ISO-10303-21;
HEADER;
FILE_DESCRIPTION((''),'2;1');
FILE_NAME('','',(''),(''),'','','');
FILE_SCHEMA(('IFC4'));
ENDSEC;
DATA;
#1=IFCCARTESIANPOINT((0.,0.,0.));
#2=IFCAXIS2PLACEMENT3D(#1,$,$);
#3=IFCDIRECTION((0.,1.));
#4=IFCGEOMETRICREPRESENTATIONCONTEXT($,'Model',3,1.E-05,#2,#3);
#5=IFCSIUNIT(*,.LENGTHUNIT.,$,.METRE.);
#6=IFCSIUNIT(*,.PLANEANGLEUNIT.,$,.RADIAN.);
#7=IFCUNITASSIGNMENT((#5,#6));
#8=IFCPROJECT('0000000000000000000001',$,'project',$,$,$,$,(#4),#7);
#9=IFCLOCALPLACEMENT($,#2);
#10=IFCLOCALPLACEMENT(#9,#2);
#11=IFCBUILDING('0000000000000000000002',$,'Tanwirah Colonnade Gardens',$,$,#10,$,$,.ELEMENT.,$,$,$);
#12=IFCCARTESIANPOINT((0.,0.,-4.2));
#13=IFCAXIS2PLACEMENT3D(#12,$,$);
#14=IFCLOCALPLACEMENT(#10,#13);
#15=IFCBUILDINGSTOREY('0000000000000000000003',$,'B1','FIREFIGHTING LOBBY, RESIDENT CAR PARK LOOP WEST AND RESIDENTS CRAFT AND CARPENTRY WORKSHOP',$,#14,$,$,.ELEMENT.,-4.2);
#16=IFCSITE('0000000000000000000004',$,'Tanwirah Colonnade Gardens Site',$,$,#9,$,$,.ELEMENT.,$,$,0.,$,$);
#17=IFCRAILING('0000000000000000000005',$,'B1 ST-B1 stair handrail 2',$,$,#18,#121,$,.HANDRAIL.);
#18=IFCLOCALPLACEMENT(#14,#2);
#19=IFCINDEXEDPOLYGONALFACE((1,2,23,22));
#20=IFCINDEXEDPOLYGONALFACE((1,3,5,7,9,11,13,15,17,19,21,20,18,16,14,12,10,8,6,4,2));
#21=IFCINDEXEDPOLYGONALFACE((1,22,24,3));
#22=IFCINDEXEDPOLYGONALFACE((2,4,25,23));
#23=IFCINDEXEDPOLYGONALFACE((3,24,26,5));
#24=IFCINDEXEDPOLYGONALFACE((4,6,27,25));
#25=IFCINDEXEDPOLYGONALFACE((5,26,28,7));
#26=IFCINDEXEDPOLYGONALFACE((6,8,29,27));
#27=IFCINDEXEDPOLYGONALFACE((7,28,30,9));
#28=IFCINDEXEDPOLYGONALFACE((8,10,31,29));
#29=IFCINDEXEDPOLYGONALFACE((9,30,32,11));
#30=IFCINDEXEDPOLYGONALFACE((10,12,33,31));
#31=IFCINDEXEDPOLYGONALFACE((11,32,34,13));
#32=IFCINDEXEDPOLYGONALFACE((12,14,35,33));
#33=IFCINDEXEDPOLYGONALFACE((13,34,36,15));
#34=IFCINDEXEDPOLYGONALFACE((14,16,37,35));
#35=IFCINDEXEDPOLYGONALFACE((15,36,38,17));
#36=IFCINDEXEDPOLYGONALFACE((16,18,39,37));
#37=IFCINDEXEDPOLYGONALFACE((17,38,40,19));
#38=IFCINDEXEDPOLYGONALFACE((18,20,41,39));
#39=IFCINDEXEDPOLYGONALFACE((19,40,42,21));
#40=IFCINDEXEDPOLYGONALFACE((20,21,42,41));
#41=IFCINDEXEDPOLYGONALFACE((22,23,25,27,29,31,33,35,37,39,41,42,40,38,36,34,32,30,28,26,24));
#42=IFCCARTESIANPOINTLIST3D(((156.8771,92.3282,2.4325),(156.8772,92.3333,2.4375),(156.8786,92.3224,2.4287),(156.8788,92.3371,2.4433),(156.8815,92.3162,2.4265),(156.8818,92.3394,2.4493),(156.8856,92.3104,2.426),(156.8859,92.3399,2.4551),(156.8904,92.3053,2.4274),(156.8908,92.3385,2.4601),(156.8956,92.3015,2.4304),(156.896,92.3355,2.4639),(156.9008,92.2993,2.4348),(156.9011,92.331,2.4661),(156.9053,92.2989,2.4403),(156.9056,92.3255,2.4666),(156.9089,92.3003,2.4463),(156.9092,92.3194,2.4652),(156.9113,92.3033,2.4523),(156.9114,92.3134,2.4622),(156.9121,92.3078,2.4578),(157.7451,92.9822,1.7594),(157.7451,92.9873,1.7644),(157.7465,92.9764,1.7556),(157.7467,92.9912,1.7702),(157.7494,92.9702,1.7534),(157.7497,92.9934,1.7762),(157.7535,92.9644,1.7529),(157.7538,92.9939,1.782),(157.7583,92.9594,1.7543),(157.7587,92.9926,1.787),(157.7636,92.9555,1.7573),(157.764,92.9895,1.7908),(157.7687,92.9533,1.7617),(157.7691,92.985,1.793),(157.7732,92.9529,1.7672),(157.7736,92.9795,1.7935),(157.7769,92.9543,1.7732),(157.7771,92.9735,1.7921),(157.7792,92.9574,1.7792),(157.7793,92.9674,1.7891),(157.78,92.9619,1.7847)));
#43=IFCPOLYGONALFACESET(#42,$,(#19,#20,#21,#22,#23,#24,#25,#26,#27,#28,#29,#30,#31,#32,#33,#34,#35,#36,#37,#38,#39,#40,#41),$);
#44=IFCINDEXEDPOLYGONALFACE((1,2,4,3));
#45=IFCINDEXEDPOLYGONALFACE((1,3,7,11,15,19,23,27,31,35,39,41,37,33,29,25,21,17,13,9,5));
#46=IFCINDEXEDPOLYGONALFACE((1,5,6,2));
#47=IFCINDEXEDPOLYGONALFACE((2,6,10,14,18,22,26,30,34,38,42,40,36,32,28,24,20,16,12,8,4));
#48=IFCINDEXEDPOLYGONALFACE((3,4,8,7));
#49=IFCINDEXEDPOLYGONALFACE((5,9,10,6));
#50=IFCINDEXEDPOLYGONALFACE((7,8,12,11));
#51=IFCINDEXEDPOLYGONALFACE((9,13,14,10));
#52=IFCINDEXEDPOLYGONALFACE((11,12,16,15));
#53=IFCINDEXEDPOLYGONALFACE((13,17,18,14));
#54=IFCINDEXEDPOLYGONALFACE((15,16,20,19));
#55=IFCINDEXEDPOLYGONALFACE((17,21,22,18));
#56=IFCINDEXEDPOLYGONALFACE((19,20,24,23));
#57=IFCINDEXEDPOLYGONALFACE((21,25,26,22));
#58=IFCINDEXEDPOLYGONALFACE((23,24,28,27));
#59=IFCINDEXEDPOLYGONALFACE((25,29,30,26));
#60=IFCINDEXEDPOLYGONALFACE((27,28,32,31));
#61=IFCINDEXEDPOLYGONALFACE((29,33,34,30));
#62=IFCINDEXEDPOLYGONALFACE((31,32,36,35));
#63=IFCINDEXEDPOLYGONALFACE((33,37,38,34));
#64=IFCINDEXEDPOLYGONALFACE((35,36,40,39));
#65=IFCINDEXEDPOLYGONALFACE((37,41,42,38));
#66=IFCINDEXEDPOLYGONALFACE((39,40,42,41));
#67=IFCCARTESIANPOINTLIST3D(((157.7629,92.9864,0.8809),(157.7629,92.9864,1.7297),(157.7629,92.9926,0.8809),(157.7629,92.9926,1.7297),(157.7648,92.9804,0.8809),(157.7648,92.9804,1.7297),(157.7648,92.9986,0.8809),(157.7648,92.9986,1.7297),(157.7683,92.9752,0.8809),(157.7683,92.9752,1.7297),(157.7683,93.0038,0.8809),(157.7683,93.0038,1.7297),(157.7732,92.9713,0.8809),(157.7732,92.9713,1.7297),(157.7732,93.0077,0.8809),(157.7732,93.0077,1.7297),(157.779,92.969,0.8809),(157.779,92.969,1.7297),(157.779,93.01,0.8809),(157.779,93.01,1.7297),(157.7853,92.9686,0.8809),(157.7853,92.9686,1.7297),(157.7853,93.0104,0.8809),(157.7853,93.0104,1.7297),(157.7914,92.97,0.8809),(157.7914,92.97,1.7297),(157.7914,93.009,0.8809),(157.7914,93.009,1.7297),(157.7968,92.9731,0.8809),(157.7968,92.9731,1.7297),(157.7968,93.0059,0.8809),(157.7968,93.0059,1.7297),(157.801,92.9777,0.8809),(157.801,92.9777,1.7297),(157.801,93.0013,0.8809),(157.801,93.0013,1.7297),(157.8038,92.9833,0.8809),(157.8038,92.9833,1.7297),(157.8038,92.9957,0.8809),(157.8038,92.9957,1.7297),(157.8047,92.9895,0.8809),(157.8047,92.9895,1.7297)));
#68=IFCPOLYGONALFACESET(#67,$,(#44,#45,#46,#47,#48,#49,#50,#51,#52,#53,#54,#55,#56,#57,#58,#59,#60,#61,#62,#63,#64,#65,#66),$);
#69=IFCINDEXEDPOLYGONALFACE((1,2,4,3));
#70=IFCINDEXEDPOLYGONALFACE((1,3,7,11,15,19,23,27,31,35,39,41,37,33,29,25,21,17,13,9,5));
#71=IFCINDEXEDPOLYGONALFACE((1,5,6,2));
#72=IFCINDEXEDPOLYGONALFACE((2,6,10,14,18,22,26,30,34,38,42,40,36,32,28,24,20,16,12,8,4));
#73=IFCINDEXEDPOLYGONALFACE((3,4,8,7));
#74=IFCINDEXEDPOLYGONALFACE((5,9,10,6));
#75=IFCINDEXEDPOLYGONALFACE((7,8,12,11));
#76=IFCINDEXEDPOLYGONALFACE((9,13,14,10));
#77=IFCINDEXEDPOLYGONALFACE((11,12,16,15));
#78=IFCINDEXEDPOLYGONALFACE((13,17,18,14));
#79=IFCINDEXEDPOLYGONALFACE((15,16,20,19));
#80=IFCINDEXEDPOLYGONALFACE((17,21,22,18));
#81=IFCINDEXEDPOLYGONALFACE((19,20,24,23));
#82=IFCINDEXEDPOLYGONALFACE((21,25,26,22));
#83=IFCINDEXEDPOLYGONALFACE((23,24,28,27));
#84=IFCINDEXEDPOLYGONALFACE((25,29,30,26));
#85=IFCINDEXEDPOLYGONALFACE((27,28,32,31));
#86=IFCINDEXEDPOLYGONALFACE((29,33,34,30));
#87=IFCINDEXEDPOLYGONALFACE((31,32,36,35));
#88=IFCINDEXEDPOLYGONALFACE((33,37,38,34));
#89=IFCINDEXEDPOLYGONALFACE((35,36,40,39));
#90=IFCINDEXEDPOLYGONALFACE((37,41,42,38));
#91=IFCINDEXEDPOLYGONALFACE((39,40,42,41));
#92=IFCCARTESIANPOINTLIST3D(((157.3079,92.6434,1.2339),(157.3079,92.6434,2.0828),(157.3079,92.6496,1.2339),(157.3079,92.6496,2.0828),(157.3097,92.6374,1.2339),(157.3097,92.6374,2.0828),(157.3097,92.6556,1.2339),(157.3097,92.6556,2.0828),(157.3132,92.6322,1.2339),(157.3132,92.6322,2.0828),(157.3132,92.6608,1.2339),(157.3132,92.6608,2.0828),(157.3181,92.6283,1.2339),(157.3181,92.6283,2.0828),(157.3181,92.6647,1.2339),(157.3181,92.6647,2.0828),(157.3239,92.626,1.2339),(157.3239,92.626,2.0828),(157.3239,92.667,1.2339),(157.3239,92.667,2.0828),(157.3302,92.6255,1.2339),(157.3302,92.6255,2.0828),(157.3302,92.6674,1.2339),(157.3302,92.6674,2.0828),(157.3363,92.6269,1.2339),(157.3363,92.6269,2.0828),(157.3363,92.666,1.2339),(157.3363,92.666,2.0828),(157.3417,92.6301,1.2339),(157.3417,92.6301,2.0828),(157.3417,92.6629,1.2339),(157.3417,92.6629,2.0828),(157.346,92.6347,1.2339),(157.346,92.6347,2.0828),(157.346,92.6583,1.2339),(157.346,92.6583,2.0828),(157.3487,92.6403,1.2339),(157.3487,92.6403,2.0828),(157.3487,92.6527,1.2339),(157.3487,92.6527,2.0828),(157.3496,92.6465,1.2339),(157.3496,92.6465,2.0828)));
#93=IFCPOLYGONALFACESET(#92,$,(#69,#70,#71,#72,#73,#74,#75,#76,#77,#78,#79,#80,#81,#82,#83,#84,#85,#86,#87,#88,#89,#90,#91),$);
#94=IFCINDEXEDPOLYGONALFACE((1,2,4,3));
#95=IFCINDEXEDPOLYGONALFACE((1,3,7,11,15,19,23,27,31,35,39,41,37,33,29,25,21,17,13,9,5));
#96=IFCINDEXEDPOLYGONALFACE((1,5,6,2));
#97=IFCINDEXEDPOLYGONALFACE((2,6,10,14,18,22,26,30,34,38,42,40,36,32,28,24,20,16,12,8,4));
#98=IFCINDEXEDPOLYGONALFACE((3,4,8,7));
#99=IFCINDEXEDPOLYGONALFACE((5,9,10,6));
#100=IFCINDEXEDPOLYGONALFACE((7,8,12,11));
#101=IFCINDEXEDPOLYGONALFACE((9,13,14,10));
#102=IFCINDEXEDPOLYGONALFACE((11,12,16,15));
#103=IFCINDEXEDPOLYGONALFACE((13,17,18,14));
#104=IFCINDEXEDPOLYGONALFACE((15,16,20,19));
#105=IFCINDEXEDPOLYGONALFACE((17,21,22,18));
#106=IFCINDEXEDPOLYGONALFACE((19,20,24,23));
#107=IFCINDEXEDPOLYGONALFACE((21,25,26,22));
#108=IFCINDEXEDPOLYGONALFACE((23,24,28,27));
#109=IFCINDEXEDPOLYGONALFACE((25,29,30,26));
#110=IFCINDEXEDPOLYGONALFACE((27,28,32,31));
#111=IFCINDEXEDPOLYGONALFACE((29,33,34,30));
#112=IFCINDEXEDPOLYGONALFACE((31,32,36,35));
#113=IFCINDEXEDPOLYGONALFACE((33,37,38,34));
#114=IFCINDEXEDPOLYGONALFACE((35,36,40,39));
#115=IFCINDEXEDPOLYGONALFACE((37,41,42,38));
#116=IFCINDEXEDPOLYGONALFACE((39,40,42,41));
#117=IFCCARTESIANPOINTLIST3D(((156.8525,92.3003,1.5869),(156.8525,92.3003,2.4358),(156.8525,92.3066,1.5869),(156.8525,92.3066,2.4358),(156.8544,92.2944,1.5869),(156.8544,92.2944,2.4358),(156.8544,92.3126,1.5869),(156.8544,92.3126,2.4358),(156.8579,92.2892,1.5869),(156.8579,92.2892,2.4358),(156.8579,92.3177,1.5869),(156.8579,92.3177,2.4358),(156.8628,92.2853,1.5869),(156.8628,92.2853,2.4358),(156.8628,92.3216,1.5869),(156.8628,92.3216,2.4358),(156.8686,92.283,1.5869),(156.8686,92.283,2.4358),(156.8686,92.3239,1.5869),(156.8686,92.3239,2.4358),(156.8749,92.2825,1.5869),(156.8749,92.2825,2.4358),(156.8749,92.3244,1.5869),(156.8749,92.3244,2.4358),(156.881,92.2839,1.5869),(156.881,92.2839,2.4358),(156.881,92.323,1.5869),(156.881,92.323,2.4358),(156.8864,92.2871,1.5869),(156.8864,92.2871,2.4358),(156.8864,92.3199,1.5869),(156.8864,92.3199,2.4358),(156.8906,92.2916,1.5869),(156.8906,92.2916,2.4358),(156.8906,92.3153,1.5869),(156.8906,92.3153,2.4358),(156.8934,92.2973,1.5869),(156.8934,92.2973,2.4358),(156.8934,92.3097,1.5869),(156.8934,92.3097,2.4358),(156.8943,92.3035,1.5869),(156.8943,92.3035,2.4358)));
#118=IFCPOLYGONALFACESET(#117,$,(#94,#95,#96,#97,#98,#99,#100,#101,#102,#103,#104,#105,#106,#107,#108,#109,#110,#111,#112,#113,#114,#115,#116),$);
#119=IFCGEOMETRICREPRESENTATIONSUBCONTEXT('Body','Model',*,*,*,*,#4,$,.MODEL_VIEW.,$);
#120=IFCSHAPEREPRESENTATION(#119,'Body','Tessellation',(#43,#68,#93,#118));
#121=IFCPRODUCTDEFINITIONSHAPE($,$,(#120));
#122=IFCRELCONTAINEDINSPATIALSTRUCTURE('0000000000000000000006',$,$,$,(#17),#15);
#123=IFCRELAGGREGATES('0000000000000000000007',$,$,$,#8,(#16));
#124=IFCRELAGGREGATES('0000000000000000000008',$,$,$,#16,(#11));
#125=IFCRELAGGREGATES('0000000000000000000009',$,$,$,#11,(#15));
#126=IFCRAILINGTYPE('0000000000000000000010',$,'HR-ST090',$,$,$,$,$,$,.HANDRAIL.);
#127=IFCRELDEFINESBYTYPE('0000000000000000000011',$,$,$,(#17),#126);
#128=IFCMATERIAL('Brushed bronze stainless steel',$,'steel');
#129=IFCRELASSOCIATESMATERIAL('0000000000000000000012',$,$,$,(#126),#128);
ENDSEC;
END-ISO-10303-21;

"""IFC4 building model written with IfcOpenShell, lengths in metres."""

from ifc_helpers import new_model, si_unit, direction, frame, origin, origin_2d, place, context, subcontext, project, spatial, circle, extrude, material, type_object, element, save


model = new_model("IFC4")

# Units and contexts
model_context = context("Model", 3, precision=1e-05, world=origin(), true_north=direction((0.0, 1.0)))
body_context = subcontext(model_context, "Body", "Model", "MODEL_VIEW")
ifc_project = project(units=[si_unit("LENGTHUNIT", "METRE"), si_unit("PLANEANGLEUNIT", "RADIAN")], contexts=[model_context])

# Site, building, storey
site_placement = place(None, origin())
site = spatial("IfcSite", under=ifc_project, at=site_placement, Name="Tanwirah Colonnade Gardens Site", CompositionType="ELEMENT", RefElevation=0.0)
building_placement = place(site_placement, origin())
building = spatial("IfcBuilding", under=site, at=building_placement, Name="Tanwirah Colonnade Gardens", CompositionType="ELEMENT")
storey_placement = place(building_placement, frame((0.0, 0.0, -4.2)))
storey = spatial("IfcBuildingStorey", under=building, at=storey_placement, Name="B1", Description="FIREFIGHTING LOBBY, RESIDENT CAR PARK LOOP WEST AND RESIDENTS CRAFT AND CARPENTRY WORKSHOP", CompositionType="ELEMENT", Elevation=-4.2)

# Railing
ifc_material_1 = material(Name="Brushed bronze stainless steel", Category="steel")
railing_type_1 = type_object("IfcRailingType", Name="HR-ST090", PredefinedType="HANDRAIL", material=ifc_material_1)
railing_1_placement = place(storey_placement, frame((157.7837, 92.9895, 0.8809)))
element("IfcRailing", 1, at=railing_1_placement, inside=storey, type_object=railing_type_1, Name="B1 ST-B1 stair handrail 2", PredefinedType="HANDRAIL", context=body_context, shape_type="SweptSolid", body=[
    extrude(circle(Radius=0.0239, at=origin_2d()), frame((-0.0212, -0.0161, 0.8923), z_axis=(-0.678952, -0.511627, 0.526557), x_axis=(0.601815, -0.798636, 0.0)), (0.0, 0.0, 1.0), 1.2783),
    extrude(circle(Radius=0.021, at=origin_2d()), origin(), (0.0, 0.0, 1.0), 0.8489),
    extrude(circle(Radius=0.021, at=origin_2d()), frame((-0.4551, -0.343, 0.353)), (0.0, 0.0, 1.0), 0.8489),
    extrude(circle(Radius=0.021, at=origin_2d()), frame((-0.9104, -0.686, 0.7061)), (0.0, 0.0, 1.0), 0.8489),
])

save(model, "model.ifc")
